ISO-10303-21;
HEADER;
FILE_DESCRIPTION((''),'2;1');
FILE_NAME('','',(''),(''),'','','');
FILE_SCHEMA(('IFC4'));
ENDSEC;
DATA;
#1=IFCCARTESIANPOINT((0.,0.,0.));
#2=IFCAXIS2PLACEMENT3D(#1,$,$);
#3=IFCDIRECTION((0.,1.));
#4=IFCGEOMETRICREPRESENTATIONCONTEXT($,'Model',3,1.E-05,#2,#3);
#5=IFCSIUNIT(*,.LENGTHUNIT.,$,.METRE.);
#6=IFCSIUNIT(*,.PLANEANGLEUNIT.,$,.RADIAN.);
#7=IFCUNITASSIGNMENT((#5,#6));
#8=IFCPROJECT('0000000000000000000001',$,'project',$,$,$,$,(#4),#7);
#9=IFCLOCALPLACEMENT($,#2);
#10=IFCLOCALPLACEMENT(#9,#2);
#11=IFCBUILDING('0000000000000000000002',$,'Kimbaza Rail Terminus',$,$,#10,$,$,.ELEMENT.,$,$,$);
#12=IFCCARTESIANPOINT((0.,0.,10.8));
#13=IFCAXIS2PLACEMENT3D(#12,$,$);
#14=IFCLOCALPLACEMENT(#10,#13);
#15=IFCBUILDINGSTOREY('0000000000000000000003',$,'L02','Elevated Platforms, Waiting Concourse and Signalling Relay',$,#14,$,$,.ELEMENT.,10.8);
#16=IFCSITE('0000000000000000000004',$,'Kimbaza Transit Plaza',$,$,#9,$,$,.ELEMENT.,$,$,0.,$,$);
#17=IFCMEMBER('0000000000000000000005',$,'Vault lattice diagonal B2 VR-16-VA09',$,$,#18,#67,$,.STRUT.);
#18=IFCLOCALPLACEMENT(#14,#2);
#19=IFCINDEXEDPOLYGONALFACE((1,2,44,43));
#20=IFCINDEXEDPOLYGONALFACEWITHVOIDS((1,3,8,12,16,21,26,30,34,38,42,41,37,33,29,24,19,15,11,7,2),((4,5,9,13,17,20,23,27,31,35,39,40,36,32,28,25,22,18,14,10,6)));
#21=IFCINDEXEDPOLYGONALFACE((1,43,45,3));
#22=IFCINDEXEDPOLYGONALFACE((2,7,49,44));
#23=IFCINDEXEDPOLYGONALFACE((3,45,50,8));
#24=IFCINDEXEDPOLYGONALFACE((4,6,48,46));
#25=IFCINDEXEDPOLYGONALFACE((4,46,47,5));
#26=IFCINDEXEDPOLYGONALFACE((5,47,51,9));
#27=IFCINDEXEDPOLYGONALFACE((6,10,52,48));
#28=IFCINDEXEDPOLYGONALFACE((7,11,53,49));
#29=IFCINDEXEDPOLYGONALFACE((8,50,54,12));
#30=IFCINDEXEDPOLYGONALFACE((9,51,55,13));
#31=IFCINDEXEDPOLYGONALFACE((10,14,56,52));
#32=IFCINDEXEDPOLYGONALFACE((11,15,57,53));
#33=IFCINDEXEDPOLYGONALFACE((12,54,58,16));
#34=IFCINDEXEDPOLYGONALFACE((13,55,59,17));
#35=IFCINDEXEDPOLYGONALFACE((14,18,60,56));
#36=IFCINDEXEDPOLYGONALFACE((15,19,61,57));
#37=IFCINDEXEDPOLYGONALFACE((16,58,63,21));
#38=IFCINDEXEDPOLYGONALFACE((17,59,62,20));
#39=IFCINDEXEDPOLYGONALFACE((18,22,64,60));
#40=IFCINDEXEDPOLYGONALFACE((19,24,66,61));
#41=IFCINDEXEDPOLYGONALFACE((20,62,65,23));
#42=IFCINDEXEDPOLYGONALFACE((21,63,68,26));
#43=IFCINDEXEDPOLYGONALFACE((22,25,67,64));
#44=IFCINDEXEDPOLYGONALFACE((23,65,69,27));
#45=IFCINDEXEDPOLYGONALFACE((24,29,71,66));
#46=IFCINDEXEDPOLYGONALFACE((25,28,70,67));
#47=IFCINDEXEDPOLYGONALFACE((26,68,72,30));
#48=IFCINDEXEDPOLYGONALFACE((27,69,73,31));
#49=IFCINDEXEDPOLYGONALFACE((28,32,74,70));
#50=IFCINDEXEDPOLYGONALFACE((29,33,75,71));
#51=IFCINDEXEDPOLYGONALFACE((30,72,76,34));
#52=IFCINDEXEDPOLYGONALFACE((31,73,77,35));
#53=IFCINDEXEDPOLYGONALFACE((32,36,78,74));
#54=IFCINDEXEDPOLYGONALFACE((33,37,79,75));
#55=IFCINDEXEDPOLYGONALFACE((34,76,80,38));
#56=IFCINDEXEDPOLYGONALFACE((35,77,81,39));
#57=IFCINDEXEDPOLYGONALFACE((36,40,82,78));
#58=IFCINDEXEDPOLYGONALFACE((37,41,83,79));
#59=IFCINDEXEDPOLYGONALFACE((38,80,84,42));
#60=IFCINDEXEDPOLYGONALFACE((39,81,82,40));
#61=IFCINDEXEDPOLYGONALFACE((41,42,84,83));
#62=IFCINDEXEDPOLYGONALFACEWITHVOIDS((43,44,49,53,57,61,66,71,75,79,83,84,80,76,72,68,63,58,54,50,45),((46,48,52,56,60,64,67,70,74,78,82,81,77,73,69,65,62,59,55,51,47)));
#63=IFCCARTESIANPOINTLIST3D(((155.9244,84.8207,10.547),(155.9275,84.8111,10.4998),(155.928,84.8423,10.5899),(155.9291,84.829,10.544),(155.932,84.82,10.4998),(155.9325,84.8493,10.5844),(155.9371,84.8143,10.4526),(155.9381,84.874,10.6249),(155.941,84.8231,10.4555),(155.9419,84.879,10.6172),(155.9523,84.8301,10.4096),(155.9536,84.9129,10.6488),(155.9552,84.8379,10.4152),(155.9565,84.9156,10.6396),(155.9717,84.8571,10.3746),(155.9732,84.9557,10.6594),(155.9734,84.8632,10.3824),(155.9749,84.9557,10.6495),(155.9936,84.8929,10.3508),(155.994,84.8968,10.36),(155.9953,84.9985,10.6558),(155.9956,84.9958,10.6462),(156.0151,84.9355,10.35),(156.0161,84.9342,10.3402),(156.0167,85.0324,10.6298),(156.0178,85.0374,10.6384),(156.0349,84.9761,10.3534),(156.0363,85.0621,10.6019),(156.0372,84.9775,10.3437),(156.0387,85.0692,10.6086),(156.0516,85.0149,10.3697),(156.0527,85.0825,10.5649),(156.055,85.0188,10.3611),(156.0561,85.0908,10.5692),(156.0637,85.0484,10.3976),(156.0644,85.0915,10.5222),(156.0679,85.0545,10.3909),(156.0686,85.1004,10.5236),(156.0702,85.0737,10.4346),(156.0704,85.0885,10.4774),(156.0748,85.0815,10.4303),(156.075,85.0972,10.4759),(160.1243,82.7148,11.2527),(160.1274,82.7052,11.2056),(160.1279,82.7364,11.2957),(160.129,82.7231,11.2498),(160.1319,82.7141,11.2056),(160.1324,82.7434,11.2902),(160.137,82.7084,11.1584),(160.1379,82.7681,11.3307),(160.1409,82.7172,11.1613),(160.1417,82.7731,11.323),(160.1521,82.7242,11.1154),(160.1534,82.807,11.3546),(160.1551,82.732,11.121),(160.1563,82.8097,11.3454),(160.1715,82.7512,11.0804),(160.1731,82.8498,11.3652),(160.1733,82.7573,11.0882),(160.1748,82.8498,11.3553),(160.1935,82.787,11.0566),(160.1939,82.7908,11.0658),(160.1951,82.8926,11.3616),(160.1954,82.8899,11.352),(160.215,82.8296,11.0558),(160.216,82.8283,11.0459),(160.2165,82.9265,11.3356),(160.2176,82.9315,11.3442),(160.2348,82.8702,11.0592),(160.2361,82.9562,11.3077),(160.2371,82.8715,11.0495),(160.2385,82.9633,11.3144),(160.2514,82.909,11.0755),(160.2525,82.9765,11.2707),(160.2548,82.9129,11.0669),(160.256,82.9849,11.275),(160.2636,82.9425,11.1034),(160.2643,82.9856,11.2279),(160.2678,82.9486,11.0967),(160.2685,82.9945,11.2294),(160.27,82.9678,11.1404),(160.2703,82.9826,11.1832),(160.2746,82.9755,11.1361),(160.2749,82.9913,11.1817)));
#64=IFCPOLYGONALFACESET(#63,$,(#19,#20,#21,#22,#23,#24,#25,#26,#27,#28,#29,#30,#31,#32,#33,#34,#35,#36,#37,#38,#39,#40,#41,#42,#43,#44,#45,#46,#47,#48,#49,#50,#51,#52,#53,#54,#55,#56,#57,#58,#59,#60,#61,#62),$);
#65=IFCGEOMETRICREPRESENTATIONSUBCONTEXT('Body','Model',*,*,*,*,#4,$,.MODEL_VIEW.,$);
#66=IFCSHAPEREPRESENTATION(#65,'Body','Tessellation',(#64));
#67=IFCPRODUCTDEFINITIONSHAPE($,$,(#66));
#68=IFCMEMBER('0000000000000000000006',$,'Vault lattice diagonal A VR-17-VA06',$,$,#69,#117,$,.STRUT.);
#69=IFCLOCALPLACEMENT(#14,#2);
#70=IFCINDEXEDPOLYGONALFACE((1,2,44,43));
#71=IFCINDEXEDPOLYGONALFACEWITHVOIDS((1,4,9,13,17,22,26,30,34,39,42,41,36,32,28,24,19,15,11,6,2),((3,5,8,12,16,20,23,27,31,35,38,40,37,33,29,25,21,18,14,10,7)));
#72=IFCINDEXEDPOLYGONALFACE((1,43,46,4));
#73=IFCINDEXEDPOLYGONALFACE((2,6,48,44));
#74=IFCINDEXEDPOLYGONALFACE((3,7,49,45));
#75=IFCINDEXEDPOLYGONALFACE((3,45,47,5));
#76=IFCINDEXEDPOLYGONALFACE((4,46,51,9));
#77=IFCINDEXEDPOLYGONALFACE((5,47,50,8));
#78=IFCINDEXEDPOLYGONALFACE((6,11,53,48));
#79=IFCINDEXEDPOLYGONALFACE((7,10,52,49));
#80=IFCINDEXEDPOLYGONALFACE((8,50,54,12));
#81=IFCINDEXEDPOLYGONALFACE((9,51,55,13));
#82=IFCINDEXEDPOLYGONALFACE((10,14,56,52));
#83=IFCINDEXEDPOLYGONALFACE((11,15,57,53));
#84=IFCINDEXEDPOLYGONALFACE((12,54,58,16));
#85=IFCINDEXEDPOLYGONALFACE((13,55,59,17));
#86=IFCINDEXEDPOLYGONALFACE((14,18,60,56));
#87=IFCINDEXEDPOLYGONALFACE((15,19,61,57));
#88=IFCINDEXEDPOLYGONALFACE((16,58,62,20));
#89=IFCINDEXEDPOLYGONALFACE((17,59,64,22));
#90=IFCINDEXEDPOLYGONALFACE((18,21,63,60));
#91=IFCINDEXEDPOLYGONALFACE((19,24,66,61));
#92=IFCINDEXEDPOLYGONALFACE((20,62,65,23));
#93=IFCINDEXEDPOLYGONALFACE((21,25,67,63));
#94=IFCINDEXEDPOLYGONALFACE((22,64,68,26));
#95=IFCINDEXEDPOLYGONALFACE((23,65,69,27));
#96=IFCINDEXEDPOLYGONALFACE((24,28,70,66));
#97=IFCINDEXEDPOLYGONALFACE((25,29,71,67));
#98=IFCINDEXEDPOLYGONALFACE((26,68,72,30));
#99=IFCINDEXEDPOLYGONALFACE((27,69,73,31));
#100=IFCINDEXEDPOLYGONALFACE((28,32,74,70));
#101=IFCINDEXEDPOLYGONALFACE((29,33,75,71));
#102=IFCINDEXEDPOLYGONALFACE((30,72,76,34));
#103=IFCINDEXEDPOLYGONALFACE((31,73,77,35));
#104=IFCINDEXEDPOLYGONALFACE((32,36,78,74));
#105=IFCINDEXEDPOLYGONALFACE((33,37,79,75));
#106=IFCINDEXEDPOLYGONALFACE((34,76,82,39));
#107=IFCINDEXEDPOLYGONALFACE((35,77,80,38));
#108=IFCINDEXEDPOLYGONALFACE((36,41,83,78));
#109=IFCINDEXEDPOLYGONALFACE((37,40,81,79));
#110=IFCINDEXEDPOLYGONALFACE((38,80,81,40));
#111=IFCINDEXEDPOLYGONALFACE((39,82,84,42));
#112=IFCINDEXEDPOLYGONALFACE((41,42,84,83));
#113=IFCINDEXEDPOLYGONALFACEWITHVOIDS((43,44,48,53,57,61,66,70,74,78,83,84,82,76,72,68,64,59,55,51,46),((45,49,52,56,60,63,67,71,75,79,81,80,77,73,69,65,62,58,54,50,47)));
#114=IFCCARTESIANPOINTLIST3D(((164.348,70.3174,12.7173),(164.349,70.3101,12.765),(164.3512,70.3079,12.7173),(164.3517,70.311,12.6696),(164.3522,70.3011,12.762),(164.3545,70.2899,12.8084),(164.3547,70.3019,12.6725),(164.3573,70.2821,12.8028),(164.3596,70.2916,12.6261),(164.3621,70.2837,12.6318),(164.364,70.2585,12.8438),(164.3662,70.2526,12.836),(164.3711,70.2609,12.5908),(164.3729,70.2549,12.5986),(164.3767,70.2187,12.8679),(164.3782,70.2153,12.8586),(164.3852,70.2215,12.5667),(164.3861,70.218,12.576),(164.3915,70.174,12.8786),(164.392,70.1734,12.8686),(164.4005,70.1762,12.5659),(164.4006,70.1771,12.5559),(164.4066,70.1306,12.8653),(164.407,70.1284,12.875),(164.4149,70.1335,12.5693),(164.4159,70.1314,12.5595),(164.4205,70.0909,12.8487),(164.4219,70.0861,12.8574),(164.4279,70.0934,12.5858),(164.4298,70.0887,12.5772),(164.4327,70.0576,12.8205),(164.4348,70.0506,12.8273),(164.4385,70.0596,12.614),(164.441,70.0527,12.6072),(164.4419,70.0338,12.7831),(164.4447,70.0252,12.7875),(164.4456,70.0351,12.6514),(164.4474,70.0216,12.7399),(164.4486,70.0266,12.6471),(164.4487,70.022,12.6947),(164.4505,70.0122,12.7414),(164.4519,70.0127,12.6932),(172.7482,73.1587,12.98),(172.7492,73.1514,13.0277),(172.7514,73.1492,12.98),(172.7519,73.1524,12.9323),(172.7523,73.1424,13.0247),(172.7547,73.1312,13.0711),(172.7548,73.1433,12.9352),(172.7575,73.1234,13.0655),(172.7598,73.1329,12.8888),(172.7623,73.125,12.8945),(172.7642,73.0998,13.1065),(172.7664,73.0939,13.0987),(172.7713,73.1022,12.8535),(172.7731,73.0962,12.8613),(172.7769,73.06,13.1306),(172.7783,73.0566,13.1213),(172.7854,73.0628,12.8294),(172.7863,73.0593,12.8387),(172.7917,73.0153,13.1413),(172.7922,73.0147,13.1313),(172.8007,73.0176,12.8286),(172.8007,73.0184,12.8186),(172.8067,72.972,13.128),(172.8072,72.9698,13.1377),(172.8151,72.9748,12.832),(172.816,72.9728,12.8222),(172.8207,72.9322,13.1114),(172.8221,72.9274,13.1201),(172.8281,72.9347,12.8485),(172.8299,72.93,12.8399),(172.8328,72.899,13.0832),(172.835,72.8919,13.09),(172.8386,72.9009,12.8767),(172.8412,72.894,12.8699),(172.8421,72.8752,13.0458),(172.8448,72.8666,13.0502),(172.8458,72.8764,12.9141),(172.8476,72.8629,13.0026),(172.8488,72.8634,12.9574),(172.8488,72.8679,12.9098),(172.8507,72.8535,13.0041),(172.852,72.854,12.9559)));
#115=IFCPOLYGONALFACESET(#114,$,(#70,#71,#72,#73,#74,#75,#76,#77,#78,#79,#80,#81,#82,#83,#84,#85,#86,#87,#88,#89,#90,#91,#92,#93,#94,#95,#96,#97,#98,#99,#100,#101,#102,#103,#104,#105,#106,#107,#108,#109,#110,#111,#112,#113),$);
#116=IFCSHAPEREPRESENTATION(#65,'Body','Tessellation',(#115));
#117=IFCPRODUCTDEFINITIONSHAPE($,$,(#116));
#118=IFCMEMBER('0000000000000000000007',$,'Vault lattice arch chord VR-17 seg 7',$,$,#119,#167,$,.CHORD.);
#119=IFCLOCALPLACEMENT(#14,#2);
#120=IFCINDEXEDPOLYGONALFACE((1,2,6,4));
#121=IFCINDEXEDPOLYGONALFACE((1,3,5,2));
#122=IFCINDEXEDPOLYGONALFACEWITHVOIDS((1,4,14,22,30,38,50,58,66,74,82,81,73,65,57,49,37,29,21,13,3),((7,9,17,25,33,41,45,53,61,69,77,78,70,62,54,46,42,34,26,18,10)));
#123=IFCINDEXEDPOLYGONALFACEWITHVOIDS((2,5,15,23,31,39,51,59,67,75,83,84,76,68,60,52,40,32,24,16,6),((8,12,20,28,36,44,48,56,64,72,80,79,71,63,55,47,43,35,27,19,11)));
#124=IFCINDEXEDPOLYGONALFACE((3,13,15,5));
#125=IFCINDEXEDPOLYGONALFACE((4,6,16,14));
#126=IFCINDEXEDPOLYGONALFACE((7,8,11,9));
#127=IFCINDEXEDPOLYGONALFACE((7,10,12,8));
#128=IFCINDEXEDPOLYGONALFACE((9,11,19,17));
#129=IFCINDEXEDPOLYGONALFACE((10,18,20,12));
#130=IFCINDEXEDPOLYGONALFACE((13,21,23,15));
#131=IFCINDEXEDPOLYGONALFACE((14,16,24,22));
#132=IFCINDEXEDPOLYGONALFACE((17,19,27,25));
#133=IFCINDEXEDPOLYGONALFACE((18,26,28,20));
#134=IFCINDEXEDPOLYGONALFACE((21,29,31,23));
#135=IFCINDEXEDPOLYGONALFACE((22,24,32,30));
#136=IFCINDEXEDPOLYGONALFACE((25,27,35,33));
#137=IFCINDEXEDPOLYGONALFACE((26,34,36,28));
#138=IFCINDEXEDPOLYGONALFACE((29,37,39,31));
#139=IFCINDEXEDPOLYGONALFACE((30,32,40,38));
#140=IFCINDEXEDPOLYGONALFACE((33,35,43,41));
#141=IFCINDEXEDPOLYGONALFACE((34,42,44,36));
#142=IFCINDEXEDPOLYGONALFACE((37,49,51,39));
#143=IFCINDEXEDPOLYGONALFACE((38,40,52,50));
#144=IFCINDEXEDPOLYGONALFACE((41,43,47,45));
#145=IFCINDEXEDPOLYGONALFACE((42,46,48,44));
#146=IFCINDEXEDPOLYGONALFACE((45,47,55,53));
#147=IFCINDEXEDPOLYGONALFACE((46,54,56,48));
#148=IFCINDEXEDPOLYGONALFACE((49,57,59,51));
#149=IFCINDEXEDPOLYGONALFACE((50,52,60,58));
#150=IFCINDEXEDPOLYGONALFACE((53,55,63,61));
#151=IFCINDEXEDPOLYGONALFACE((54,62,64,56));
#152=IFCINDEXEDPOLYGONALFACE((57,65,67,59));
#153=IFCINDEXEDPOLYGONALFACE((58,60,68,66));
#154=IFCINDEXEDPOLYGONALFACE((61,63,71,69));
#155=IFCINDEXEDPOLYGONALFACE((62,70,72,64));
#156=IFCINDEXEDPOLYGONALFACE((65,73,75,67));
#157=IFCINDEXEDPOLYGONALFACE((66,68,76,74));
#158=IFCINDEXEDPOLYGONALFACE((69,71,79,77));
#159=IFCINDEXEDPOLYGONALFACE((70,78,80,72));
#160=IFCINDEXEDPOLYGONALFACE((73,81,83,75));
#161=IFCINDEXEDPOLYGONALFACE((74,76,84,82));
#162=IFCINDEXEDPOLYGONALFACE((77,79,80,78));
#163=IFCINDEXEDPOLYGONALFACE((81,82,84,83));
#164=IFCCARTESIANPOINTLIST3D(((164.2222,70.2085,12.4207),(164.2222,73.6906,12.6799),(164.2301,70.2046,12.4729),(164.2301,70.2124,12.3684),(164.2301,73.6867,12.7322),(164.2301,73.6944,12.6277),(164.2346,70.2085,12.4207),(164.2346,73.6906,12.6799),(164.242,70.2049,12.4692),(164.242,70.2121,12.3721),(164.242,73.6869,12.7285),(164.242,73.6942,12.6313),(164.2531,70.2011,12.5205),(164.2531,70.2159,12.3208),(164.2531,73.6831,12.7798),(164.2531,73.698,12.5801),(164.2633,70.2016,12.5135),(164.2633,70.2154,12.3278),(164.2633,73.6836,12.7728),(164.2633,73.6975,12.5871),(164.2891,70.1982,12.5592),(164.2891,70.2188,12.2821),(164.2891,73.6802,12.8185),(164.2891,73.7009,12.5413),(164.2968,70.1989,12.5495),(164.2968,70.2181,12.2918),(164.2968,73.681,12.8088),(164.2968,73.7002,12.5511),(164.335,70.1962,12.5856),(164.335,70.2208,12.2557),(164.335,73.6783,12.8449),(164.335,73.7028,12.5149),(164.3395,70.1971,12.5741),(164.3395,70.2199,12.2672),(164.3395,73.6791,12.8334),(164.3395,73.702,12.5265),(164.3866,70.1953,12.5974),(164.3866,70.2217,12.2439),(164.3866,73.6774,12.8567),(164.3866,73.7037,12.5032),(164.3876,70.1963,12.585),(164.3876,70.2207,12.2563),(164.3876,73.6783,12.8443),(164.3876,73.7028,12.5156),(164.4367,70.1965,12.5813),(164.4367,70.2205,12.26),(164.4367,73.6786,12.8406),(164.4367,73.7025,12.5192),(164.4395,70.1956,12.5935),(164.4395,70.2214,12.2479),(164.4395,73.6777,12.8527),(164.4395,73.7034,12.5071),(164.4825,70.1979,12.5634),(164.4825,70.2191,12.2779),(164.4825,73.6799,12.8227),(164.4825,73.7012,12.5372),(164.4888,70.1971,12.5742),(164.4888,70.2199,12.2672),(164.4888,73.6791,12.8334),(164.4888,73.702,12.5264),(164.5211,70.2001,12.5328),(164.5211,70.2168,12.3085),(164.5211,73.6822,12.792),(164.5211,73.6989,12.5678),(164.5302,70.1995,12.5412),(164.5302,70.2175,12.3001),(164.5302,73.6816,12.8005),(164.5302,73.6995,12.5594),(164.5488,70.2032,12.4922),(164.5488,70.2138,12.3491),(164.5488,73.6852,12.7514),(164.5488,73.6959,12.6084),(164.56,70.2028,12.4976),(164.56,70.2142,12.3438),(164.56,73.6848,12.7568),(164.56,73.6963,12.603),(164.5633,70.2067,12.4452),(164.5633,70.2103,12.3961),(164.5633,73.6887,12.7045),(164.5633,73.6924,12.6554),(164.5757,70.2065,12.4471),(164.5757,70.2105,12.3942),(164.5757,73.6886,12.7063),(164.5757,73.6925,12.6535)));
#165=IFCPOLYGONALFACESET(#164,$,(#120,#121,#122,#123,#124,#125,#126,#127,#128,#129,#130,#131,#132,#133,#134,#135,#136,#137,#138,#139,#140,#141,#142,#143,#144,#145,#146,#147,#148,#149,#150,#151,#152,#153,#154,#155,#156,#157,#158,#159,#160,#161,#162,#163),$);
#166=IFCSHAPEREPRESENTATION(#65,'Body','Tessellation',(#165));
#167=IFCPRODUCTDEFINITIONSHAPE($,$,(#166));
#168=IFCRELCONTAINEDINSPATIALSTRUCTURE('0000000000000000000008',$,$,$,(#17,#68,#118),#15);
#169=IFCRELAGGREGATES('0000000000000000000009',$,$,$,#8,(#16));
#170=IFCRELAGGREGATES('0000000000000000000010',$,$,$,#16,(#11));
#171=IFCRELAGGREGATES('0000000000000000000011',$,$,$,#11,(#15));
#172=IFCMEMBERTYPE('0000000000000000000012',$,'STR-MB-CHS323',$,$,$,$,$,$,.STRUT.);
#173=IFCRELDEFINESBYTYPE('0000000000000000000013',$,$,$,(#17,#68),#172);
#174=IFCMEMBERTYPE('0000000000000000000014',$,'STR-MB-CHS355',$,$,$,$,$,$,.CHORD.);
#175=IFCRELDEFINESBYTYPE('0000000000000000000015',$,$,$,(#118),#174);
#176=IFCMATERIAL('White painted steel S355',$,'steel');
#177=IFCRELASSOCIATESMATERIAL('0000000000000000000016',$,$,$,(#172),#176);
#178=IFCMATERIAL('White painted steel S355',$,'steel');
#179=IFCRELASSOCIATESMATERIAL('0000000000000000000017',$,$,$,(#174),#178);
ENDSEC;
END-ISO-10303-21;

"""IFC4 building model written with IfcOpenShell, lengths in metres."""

from ifc_helpers import new_model, si_unit, direction, frame, origin, origin_2d, place, context, subcontext, project, spatial, hollow_circle, extrude, material, material_profile, profile_set, type_object, element, save


model = new_model("IFC4")

# Units and contexts
model_context = context("Model", 3, precision=1e-05, world=origin(), true_north=direction((0.0, 1.0)))
body_context = subcontext(model_context, "Body", "Model", "MODEL_VIEW")
ifc_project = project(units=[si_unit("LENGTHUNIT", "METRE"), si_unit("PLANEANGLEUNIT", "RADIAN")], contexts=[model_context])

# Site, building, storey
site_placement = place(None, origin())
site = spatial("IfcSite", under=ifc_project, at=site_placement, Name="Kimbaza Transit Plaza", CompositionType="ELEMENT", RefElevation=0.0)
building_placement = place(site_placement, origin())
building = spatial("IfcBuilding", under=site, at=building_placement, Name="Kimbaza Rail Terminus", CompositionType="ELEMENT")
storey_placement = place(building_placement, frame((0.0, 0.0, 10.8)))
storey = spatial("IfcBuildingStorey", under=building, at=storey_placement, Name="L02", Description="Elevated Platforms, Waiting Concourse and Signalling Relay", CompositionType="ELEMENT", Elevation=10.8)

# Members
ifc_material_1 = material(Name="White painted steel S355", Category="steel")
ifc_material_profile_1 = material_profile(ifc_material_1, hollow_circle(Radius=0.1619, WallThickness=0.01, at=origin_2d()), Name="CHS 323.9x10")
ifc_profile_set_1 = profile_set([ifc_material_profile_1], Name="White painted steel S355")
member_type_1 = type_object("IfcMemberType", Name="STR-MB-CHS323", PredefinedType="STRUT", material=ifc_profile_set_1)
member_1_placement = place(storey_placement, frame((160.2, 82.8499, 11.2056), z_axis=(-0.883998, 0.443258, -0.148558), x_axis=(-0.448232, -0.893917, 0.0)))
element("IfcMember", 1, at=member_1_placement, inside=storey, type_object=member_type_1, Name="Vault lattice diagonal B2 VR-16-VA09", PredefinedType="STRUT", context=body_context, shape_type="SweptSolid", body=[
    extrude(hollow_circle(Radius=0.1619, WallThickness=0.01, at=origin_2d()), origin(), (0.0, 0.0, 1.0), 4.751),
])
member_2_placement = place(storey_placement, frame((164.3999, 70.1641, 12.7173), z_axis=(0.946863, 0.320272, 0.029611), x_axis=(-0.320412, 0.947278, 0.0)))
element("IfcMember", 2, at=member_2_placement, inside=storey, type_object=member_type_1, Name="Vault lattice diagonal A VR-17-VA06", PredefinedType="STRUT", context=body_context, shape_type="SweptSolid", body=[
    extrude(hollow_circle(Radius=0.1619, WallThickness=0.01, at=origin_2d()), origin(), (0.0, 0.0, 1.0), 8.8716),
])
ifc_material_2 = material(Name="White painted steel S355", Category="steel")
ifc_material_profile_2 = material_profile(ifc_material_2, hollow_circle(Radius=0.1777, WallThickness=0.0125, at=origin_2d()), Name="CHS 355.6x12.5")
ifc_profile_set_2 = profile_set([ifc_material_profile_2], Name="White painted steel S355")
member_type_2 = type_object("IfcMemberType", Name="STR-MB-CHS355", PredefinedType="CHORD", material=ifc_profile_set_2)
for number, where, z_axis, x_axis, name in (
    (3, (164.3999, 70.2085, 12.4207), (0.0, 0.997239, 0.074253), (-1.0, 0.0, 0.0), "Vault lattice arch chord VR-17 seg 7"),
):
    element("IfcMember", number, at=place(storey_placement, frame(where, z_axis=z_axis, x_axis=x_axis)), inside=storey, type_object=member_type_2, Name=name, PredefinedType="CHORD", context=body_context, shape_type="SweptSolid", body=[
        extrude(hollow_circle(Radius=0.1777, WallThickness=0.0125, at=origin_2d()), origin(), (0.0, 0.0, 1.0), 3.4917),
    ])

save(model, "model.ifc")
